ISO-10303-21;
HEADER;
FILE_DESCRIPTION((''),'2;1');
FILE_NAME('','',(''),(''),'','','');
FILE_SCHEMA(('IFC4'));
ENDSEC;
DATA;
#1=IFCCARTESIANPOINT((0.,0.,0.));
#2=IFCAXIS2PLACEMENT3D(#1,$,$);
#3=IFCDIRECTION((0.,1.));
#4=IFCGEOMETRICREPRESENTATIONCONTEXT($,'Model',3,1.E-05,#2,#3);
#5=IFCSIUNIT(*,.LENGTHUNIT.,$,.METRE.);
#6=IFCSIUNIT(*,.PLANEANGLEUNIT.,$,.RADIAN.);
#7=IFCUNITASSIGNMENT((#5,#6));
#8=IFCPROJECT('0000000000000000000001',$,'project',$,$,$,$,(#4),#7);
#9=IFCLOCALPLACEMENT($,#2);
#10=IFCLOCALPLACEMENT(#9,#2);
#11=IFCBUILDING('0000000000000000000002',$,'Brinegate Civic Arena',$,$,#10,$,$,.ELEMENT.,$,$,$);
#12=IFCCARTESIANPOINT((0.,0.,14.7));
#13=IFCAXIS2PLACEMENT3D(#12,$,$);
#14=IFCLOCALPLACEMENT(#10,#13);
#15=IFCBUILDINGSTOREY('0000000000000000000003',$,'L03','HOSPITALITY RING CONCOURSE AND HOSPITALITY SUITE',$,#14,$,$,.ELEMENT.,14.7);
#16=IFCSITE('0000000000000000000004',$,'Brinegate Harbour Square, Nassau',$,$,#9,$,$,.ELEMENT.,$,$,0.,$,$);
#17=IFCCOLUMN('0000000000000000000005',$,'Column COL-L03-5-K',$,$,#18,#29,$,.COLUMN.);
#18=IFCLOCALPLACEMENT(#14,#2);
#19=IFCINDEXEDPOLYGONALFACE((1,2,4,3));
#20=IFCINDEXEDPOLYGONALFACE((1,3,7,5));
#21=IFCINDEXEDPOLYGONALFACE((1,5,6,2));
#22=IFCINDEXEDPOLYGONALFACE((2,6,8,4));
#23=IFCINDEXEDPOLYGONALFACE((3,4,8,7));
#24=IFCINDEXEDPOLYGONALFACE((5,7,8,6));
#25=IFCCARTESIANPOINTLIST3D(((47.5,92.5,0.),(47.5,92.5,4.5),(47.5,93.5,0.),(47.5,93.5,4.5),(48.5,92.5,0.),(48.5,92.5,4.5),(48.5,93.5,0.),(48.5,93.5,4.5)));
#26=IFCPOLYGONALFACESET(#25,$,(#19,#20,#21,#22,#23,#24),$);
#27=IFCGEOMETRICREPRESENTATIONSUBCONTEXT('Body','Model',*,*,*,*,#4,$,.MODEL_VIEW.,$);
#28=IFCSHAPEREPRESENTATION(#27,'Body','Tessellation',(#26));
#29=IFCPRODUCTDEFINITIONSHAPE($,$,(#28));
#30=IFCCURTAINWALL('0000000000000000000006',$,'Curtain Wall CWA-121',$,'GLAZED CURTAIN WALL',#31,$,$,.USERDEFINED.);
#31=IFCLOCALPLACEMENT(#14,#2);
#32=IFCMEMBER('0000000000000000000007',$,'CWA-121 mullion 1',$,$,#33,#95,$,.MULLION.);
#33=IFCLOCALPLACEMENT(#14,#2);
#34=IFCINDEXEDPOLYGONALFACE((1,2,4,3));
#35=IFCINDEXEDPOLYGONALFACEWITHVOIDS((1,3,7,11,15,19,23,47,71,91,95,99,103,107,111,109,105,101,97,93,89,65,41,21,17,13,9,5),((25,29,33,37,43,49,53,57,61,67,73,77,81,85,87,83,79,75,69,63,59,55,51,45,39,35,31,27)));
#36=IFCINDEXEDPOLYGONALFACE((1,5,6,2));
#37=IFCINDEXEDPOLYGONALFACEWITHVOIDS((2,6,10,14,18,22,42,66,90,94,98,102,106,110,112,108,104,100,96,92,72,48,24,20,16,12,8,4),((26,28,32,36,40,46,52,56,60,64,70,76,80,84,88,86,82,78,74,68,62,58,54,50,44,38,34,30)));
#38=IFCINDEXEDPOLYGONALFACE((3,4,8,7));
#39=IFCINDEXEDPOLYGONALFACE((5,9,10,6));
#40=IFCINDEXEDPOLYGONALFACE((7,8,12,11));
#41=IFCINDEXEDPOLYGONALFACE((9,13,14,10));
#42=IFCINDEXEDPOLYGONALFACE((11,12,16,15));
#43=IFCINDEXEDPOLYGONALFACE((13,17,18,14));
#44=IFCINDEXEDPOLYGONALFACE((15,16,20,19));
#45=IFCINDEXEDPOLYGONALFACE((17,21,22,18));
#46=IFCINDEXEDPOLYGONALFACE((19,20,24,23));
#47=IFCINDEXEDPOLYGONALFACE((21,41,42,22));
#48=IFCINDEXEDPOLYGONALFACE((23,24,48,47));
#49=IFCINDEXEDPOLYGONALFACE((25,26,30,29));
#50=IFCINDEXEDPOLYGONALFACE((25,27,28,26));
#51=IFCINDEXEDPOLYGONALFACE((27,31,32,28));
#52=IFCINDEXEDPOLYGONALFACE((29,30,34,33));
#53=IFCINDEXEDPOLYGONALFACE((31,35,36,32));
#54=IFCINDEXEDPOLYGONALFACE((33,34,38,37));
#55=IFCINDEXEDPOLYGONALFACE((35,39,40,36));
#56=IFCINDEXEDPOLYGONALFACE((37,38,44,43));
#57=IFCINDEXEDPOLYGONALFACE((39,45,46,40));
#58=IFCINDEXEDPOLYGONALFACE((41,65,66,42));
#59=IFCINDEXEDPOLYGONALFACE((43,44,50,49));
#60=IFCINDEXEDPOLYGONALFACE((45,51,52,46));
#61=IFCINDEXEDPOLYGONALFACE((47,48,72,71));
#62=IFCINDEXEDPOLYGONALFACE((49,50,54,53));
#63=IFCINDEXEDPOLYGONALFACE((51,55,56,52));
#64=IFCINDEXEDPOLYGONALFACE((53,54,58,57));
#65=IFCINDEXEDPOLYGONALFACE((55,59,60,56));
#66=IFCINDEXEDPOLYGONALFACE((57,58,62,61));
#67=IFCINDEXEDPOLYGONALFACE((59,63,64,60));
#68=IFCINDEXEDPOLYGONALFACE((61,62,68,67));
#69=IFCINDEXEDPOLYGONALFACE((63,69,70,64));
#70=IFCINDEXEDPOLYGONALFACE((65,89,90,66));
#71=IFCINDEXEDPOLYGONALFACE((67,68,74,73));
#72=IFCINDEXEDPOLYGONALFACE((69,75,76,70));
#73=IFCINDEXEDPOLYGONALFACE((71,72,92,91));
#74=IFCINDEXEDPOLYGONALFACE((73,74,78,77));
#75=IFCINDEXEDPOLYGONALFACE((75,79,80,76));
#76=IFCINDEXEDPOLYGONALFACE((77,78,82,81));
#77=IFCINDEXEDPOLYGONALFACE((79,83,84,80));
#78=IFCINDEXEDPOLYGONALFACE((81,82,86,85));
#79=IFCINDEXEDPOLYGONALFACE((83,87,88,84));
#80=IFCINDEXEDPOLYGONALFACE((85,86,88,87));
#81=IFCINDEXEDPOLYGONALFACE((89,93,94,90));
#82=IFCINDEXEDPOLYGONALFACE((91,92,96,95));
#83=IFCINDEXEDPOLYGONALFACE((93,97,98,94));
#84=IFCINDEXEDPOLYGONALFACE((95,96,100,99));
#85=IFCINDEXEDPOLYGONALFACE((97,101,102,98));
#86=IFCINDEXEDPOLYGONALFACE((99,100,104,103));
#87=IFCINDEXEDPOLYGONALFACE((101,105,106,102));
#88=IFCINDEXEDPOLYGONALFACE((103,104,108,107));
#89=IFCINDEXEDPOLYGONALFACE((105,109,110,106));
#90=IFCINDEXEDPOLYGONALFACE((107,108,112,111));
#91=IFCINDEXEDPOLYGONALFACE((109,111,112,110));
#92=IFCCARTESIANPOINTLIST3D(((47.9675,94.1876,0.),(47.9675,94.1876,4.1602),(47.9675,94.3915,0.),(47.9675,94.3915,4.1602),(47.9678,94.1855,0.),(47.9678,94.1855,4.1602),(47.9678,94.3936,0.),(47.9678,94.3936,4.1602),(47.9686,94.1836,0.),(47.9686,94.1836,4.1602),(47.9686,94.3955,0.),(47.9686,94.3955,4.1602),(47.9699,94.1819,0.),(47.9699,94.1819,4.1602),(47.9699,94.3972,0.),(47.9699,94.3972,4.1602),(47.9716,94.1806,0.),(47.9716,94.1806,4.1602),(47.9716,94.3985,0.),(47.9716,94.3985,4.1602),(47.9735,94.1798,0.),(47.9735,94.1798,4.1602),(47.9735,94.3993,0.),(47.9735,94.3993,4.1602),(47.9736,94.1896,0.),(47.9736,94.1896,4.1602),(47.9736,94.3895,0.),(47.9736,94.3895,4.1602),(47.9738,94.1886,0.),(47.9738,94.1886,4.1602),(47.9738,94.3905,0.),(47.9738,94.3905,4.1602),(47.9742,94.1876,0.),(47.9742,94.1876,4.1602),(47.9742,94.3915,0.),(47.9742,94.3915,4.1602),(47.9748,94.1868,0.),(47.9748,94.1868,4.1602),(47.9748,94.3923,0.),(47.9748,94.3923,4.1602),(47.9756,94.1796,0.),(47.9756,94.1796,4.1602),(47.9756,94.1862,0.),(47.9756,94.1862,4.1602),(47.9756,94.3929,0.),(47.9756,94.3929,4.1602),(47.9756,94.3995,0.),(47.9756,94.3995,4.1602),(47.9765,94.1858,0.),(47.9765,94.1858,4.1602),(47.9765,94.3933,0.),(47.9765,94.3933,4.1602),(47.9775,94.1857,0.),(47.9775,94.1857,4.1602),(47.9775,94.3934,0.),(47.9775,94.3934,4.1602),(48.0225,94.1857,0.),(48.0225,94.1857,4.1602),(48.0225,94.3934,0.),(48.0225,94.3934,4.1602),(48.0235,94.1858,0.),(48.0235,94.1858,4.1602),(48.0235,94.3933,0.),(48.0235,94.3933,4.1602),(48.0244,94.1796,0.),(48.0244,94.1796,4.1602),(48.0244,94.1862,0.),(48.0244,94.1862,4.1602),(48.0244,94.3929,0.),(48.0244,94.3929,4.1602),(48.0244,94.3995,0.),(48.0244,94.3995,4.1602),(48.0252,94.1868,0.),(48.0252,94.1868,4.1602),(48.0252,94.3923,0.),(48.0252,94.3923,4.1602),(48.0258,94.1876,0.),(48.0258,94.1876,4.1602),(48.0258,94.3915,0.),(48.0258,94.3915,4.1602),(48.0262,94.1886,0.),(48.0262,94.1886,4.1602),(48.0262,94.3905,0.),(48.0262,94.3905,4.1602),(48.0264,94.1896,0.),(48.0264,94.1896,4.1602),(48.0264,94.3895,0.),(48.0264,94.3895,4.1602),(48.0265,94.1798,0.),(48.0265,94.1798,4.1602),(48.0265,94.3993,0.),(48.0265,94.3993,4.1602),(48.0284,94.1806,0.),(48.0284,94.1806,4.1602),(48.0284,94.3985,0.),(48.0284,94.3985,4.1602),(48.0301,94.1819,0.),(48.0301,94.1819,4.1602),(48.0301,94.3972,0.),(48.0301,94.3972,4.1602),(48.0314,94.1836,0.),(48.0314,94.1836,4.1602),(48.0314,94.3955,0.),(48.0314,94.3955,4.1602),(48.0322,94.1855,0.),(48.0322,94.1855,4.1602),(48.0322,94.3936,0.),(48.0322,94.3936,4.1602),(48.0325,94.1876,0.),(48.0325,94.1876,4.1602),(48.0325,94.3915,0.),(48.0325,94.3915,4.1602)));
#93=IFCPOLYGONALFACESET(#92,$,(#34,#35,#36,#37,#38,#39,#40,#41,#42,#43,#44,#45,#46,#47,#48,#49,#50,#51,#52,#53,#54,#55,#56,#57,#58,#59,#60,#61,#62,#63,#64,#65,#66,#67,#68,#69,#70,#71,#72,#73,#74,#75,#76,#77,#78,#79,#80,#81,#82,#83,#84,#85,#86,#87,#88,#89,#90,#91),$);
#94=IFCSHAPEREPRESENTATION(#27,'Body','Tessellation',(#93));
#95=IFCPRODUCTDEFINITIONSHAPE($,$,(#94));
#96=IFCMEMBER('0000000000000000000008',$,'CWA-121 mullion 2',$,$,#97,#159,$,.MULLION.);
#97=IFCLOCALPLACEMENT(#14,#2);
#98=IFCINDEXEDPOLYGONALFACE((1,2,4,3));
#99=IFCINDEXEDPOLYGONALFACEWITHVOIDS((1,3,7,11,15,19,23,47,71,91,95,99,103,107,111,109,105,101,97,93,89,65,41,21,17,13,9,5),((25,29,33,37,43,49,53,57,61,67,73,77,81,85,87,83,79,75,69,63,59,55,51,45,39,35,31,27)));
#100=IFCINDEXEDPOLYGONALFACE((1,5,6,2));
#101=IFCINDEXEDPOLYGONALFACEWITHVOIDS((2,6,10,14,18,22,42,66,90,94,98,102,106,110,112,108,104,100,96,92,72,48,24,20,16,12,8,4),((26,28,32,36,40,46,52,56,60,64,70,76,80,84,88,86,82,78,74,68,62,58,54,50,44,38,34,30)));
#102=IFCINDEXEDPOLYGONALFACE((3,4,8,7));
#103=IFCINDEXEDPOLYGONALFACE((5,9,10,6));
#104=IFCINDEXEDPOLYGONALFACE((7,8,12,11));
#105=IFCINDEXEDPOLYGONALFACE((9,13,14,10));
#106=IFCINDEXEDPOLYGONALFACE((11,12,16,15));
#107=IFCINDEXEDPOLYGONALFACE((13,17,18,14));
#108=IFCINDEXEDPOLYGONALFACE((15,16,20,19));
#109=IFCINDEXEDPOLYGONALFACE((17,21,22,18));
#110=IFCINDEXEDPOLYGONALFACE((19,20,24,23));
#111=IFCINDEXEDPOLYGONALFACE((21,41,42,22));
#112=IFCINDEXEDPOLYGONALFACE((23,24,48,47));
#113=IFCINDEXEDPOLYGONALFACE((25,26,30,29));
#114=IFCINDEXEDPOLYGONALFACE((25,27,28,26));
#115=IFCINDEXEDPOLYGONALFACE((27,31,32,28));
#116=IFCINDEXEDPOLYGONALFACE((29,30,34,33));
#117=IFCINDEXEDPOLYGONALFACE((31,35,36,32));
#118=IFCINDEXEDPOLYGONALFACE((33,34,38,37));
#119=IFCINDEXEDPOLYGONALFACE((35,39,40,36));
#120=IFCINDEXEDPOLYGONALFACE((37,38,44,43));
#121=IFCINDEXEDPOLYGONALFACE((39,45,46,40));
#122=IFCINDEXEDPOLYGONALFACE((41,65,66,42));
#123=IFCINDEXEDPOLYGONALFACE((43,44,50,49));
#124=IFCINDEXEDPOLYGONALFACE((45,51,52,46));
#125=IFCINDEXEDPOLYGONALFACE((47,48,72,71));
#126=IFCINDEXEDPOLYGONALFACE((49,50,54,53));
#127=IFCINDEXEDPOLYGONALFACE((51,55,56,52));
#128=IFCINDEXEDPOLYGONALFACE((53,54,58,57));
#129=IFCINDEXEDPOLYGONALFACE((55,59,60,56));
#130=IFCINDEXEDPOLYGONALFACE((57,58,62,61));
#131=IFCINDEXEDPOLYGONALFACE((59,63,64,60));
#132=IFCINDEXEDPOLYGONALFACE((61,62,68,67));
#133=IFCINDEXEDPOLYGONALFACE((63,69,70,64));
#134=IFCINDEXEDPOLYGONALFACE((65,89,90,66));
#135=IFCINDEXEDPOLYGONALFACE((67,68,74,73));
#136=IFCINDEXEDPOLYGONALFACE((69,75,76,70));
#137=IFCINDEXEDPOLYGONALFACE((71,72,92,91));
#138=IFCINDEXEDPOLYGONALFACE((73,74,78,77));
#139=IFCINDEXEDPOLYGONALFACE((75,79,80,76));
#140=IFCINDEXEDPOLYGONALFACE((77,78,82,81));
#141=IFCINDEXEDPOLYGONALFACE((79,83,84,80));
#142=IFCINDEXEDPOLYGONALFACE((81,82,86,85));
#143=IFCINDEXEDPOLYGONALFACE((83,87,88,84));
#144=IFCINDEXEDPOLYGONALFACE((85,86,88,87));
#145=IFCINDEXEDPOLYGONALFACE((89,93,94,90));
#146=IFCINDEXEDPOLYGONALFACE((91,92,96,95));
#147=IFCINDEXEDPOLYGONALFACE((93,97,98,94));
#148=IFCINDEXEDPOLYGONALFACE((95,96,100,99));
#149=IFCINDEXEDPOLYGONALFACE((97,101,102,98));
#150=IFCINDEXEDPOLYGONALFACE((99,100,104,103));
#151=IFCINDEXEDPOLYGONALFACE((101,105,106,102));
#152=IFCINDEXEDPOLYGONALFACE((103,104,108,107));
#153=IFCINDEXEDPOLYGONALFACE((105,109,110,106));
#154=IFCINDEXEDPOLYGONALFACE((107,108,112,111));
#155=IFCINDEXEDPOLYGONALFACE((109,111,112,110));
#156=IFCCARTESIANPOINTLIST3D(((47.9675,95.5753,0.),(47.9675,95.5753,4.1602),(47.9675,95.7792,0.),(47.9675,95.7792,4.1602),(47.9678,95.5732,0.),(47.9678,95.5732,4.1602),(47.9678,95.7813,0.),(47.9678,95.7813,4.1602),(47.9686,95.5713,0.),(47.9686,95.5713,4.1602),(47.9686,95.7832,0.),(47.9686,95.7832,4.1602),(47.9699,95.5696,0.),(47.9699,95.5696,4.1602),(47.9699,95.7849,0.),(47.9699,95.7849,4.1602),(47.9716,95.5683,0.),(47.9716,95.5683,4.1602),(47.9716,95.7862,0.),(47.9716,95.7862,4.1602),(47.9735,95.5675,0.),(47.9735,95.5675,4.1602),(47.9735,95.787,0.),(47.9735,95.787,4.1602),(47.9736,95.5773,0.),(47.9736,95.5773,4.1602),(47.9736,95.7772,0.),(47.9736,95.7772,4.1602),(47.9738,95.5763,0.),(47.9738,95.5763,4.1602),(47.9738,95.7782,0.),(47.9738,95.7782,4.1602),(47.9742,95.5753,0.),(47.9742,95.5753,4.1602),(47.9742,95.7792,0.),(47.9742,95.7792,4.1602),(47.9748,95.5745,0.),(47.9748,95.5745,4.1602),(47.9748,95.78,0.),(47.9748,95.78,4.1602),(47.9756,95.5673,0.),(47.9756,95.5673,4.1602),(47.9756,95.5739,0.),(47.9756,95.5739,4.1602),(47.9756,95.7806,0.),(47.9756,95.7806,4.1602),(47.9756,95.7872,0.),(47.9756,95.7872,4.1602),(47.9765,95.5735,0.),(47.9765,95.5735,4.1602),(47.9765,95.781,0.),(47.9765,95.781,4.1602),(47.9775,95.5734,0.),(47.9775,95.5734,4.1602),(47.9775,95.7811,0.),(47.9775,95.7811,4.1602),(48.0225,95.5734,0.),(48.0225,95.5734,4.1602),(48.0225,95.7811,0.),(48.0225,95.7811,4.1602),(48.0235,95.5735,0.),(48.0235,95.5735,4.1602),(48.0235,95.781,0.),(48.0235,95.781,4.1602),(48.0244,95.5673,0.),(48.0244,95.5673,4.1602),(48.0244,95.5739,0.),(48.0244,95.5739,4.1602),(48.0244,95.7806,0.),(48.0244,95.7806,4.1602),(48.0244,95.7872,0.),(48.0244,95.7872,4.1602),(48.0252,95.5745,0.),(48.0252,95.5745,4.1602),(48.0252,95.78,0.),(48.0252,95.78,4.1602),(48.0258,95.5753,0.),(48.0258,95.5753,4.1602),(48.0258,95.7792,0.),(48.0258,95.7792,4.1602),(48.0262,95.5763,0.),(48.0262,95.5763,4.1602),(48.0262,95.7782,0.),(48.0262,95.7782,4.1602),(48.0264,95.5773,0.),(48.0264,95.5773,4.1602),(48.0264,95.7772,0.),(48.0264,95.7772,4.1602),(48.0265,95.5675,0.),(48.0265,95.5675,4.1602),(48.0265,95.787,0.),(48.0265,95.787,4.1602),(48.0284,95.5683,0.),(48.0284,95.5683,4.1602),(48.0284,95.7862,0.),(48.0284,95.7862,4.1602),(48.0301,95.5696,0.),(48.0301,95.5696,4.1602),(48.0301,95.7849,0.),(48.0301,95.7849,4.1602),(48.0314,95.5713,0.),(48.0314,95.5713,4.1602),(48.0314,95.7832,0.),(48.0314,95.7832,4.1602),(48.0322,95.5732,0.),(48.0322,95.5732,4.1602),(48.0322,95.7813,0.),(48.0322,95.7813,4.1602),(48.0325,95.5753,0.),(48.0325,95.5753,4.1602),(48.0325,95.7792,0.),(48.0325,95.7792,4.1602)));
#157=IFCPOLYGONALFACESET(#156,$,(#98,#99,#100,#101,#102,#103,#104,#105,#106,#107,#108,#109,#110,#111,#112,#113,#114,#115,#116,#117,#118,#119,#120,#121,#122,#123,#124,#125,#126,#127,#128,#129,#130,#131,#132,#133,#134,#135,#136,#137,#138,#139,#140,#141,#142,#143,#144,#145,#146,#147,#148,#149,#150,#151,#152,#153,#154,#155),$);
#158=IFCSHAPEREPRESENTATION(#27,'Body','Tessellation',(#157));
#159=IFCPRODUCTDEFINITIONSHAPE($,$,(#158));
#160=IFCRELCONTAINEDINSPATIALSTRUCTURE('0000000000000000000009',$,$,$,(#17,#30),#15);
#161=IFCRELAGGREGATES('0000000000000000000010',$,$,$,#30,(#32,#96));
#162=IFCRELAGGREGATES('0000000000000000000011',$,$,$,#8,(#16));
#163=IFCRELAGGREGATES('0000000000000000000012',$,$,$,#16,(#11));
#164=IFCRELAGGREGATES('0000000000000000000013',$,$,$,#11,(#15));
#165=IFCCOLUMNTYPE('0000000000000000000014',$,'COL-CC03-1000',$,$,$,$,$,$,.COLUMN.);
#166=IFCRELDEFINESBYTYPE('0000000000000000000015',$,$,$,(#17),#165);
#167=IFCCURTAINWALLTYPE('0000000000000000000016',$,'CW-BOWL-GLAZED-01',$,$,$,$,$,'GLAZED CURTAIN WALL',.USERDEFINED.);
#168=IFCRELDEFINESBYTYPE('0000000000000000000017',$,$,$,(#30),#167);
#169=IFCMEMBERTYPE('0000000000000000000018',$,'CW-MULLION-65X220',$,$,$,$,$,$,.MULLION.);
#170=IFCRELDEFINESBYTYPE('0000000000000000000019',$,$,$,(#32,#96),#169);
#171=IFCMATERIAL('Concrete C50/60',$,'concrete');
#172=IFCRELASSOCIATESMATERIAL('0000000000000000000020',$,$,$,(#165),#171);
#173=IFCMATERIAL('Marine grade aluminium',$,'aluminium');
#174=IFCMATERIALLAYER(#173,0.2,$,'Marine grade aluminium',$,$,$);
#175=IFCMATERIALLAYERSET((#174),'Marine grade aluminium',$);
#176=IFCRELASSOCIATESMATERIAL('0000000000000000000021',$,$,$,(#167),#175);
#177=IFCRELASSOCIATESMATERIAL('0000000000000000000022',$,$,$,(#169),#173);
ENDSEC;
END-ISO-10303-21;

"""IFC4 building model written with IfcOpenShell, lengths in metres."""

from ifc_helpers import new_model, si_unit, direction, frame, origin, origin_2d, place, context, subcontext, project, spatial, rectangle, hollow_rectangle, extrude, material, layer, layer_set, material_profile, profile_set, type_object, element, aggregate, save


model = new_model("IFC4")

# Units and contexts
model_context = context("Model", 3, precision=1e-05, world=origin(), true_north=direction((0.0, 1.0)))
body_context = subcontext(model_context, "Body", "Model", "MODEL_VIEW")
ifc_project = project(units=[si_unit("LENGTHUNIT", "METRE"), si_unit("PLANEANGLEUNIT", "RADIAN")], contexts=[model_context])

# Site, building, storey
site_placement = place(None, origin())
site = spatial("IfcSite", under=ifc_project, at=site_placement, Name="Brinegate Harbour Square, Nassau", CompositionType="ELEMENT", RefElevation=0.0)
building_placement = place(site_placement, origin())
building = spatial("IfcBuilding", under=site, at=building_placement, Name="Brinegate Civic Arena", CompositionType="ELEMENT")
storey_placement = place(building_placement, frame((0.0, 0.0, 14.7)))
storey = spatial("IfcBuildingStorey", under=building, at=storey_placement, Name="L03", Description="HOSPITALITY RING CONCOURSE AND HOSPITALITY SUITE", CompositionType="ELEMENT", Elevation=14.7)

# Column
ifc_material_1 = material(Name="Concrete C50/60", Category="concrete")
ifc_material_profile_1 = material_profile(ifc_material_1, rectangle(XDim=1.0, YDim=1.0, at=origin_2d()), Name="RC1000X1000")
ifc_profile_set_1 = profile_set([ifc_material_profile_1], Name="Concrete C50/60")
column_type = type_object("IfcColumnType", Name="COL-CC03-1000", PredefinedType="COLUMN", material=ifc_profile_set_1)
column_placement = place(storey_placement, frame((48.0, 93.0, 0.0), z_axis=(0.0, 0.0, 1.0), x_axis=(1.0, 0.0, 0.0)))
element("IfcColumn", 1, at=column_placement, inside=storey, type_object=column_type, Name="Column COL-L03-5-K", PredefinedType="COLUMN", context=body_context, shape_type="SweptSolid", body=[
    extrude(rectangle(XDim=1.0, YDim=1.0, at=origin_2d()), origin(), (0.0, 0.0, 1.0), 4.5),
])

# Curtain wall, members
ifc_material_2 = material(Name="Marine grade aluminium", Category="aluminium")
ifc_layer_1 = layer(ifc_material_2, 0.2, Name="Marine grade aluminium")
ifc_layer_set_1 = layer_set([ifc_layer_1], Name="Marine grade aluminium")
curtain_wall_type = type_object("IfcCurtainWallType", Name="CW-BOWL-GLAZED-01", ElementType="GLAZED CURTAIN WALL", PredefinedType="USERDEFINED", material=ifc_layer_set_1)
curtain_wall_1_placement = place(storey_placement, origin())
curtain_wall_1 = element("IfcCurtainWall", 2, at=curtain_wall_1_placement, inside=storey, type_object=curtain_wall_type, Name="Curtain Wall CWA-121", ObjectType="GLAZED CURTAIN WALL", PredefinedType="USERDEFINED")
ifc_material_profile_2 = material_profile(ifc_material_2, hollow_rectangle(XDim=0.0649, YDim=0.22, WallThickness=0.0061, InnerFilletRadius=0.0039, OuterFilletRadius=0.0081, at=origin_2d()), Name="MUL65X220")
ifc_profile_set_2 = profile_set([ifc_material_profile_2], Name="Marine grade aluminium")
member_type_1 = type_object("IfcMemberType", Name="CW-MULLION-65X220", PredefinedType="MULLION", material=ifc_profile_set_2)
member_1_placement = place(storey_placement, frame((48.0, 94.2896, 0.0), z_axis=(0.0, 0.0, 1.0), x_axis=(-1.0, 0.0, 0.0)))
member_1 = element("IfcMember", 3, at=member_1_placement, type_object=member_type_1, Name="CWA-121 mullion 1", PredefinedType="MULLION", context=body_context, shape_type="SweptSolid", body=[
    extrude(hollow_rectangle(XDim=0.0649, YDim=0.22, WallThickness=0.0061, InnerFilletRadius=0.0039, OuterFilletRadius=0.0081, at=origin_2d()), origin(), (0.0, 0.0, 1.0), 4.1602),
])
member_2_placement = place(storey_placement, frame((48.0, 95.6772, 0.0), z_axis=(0.0, 0.0, 1.0), x_axis=(-1.0, 0.0, 0.0)))
member_2 = element("IfcMember", 4, at=member_2_placement, type_object=member_type_1, Name="CWA-121 mullion 2", PredefinedType="MULLION", context=body_context, shape_type="SweptSolid", body=[
    extrude(hollow_rectangle(XDim=0.0649, YDim=0.22, WallThickness=0.0061, InnerFilletRadius=0.0039, OuterFilletRadius=0.0081, at=origin_2d()), origin(), (0.0, 0.0, 1.0), 4.1602),
])

aggregate(curtain_wall_1, [member_1, member_2])

save(model, "model.ifc")
